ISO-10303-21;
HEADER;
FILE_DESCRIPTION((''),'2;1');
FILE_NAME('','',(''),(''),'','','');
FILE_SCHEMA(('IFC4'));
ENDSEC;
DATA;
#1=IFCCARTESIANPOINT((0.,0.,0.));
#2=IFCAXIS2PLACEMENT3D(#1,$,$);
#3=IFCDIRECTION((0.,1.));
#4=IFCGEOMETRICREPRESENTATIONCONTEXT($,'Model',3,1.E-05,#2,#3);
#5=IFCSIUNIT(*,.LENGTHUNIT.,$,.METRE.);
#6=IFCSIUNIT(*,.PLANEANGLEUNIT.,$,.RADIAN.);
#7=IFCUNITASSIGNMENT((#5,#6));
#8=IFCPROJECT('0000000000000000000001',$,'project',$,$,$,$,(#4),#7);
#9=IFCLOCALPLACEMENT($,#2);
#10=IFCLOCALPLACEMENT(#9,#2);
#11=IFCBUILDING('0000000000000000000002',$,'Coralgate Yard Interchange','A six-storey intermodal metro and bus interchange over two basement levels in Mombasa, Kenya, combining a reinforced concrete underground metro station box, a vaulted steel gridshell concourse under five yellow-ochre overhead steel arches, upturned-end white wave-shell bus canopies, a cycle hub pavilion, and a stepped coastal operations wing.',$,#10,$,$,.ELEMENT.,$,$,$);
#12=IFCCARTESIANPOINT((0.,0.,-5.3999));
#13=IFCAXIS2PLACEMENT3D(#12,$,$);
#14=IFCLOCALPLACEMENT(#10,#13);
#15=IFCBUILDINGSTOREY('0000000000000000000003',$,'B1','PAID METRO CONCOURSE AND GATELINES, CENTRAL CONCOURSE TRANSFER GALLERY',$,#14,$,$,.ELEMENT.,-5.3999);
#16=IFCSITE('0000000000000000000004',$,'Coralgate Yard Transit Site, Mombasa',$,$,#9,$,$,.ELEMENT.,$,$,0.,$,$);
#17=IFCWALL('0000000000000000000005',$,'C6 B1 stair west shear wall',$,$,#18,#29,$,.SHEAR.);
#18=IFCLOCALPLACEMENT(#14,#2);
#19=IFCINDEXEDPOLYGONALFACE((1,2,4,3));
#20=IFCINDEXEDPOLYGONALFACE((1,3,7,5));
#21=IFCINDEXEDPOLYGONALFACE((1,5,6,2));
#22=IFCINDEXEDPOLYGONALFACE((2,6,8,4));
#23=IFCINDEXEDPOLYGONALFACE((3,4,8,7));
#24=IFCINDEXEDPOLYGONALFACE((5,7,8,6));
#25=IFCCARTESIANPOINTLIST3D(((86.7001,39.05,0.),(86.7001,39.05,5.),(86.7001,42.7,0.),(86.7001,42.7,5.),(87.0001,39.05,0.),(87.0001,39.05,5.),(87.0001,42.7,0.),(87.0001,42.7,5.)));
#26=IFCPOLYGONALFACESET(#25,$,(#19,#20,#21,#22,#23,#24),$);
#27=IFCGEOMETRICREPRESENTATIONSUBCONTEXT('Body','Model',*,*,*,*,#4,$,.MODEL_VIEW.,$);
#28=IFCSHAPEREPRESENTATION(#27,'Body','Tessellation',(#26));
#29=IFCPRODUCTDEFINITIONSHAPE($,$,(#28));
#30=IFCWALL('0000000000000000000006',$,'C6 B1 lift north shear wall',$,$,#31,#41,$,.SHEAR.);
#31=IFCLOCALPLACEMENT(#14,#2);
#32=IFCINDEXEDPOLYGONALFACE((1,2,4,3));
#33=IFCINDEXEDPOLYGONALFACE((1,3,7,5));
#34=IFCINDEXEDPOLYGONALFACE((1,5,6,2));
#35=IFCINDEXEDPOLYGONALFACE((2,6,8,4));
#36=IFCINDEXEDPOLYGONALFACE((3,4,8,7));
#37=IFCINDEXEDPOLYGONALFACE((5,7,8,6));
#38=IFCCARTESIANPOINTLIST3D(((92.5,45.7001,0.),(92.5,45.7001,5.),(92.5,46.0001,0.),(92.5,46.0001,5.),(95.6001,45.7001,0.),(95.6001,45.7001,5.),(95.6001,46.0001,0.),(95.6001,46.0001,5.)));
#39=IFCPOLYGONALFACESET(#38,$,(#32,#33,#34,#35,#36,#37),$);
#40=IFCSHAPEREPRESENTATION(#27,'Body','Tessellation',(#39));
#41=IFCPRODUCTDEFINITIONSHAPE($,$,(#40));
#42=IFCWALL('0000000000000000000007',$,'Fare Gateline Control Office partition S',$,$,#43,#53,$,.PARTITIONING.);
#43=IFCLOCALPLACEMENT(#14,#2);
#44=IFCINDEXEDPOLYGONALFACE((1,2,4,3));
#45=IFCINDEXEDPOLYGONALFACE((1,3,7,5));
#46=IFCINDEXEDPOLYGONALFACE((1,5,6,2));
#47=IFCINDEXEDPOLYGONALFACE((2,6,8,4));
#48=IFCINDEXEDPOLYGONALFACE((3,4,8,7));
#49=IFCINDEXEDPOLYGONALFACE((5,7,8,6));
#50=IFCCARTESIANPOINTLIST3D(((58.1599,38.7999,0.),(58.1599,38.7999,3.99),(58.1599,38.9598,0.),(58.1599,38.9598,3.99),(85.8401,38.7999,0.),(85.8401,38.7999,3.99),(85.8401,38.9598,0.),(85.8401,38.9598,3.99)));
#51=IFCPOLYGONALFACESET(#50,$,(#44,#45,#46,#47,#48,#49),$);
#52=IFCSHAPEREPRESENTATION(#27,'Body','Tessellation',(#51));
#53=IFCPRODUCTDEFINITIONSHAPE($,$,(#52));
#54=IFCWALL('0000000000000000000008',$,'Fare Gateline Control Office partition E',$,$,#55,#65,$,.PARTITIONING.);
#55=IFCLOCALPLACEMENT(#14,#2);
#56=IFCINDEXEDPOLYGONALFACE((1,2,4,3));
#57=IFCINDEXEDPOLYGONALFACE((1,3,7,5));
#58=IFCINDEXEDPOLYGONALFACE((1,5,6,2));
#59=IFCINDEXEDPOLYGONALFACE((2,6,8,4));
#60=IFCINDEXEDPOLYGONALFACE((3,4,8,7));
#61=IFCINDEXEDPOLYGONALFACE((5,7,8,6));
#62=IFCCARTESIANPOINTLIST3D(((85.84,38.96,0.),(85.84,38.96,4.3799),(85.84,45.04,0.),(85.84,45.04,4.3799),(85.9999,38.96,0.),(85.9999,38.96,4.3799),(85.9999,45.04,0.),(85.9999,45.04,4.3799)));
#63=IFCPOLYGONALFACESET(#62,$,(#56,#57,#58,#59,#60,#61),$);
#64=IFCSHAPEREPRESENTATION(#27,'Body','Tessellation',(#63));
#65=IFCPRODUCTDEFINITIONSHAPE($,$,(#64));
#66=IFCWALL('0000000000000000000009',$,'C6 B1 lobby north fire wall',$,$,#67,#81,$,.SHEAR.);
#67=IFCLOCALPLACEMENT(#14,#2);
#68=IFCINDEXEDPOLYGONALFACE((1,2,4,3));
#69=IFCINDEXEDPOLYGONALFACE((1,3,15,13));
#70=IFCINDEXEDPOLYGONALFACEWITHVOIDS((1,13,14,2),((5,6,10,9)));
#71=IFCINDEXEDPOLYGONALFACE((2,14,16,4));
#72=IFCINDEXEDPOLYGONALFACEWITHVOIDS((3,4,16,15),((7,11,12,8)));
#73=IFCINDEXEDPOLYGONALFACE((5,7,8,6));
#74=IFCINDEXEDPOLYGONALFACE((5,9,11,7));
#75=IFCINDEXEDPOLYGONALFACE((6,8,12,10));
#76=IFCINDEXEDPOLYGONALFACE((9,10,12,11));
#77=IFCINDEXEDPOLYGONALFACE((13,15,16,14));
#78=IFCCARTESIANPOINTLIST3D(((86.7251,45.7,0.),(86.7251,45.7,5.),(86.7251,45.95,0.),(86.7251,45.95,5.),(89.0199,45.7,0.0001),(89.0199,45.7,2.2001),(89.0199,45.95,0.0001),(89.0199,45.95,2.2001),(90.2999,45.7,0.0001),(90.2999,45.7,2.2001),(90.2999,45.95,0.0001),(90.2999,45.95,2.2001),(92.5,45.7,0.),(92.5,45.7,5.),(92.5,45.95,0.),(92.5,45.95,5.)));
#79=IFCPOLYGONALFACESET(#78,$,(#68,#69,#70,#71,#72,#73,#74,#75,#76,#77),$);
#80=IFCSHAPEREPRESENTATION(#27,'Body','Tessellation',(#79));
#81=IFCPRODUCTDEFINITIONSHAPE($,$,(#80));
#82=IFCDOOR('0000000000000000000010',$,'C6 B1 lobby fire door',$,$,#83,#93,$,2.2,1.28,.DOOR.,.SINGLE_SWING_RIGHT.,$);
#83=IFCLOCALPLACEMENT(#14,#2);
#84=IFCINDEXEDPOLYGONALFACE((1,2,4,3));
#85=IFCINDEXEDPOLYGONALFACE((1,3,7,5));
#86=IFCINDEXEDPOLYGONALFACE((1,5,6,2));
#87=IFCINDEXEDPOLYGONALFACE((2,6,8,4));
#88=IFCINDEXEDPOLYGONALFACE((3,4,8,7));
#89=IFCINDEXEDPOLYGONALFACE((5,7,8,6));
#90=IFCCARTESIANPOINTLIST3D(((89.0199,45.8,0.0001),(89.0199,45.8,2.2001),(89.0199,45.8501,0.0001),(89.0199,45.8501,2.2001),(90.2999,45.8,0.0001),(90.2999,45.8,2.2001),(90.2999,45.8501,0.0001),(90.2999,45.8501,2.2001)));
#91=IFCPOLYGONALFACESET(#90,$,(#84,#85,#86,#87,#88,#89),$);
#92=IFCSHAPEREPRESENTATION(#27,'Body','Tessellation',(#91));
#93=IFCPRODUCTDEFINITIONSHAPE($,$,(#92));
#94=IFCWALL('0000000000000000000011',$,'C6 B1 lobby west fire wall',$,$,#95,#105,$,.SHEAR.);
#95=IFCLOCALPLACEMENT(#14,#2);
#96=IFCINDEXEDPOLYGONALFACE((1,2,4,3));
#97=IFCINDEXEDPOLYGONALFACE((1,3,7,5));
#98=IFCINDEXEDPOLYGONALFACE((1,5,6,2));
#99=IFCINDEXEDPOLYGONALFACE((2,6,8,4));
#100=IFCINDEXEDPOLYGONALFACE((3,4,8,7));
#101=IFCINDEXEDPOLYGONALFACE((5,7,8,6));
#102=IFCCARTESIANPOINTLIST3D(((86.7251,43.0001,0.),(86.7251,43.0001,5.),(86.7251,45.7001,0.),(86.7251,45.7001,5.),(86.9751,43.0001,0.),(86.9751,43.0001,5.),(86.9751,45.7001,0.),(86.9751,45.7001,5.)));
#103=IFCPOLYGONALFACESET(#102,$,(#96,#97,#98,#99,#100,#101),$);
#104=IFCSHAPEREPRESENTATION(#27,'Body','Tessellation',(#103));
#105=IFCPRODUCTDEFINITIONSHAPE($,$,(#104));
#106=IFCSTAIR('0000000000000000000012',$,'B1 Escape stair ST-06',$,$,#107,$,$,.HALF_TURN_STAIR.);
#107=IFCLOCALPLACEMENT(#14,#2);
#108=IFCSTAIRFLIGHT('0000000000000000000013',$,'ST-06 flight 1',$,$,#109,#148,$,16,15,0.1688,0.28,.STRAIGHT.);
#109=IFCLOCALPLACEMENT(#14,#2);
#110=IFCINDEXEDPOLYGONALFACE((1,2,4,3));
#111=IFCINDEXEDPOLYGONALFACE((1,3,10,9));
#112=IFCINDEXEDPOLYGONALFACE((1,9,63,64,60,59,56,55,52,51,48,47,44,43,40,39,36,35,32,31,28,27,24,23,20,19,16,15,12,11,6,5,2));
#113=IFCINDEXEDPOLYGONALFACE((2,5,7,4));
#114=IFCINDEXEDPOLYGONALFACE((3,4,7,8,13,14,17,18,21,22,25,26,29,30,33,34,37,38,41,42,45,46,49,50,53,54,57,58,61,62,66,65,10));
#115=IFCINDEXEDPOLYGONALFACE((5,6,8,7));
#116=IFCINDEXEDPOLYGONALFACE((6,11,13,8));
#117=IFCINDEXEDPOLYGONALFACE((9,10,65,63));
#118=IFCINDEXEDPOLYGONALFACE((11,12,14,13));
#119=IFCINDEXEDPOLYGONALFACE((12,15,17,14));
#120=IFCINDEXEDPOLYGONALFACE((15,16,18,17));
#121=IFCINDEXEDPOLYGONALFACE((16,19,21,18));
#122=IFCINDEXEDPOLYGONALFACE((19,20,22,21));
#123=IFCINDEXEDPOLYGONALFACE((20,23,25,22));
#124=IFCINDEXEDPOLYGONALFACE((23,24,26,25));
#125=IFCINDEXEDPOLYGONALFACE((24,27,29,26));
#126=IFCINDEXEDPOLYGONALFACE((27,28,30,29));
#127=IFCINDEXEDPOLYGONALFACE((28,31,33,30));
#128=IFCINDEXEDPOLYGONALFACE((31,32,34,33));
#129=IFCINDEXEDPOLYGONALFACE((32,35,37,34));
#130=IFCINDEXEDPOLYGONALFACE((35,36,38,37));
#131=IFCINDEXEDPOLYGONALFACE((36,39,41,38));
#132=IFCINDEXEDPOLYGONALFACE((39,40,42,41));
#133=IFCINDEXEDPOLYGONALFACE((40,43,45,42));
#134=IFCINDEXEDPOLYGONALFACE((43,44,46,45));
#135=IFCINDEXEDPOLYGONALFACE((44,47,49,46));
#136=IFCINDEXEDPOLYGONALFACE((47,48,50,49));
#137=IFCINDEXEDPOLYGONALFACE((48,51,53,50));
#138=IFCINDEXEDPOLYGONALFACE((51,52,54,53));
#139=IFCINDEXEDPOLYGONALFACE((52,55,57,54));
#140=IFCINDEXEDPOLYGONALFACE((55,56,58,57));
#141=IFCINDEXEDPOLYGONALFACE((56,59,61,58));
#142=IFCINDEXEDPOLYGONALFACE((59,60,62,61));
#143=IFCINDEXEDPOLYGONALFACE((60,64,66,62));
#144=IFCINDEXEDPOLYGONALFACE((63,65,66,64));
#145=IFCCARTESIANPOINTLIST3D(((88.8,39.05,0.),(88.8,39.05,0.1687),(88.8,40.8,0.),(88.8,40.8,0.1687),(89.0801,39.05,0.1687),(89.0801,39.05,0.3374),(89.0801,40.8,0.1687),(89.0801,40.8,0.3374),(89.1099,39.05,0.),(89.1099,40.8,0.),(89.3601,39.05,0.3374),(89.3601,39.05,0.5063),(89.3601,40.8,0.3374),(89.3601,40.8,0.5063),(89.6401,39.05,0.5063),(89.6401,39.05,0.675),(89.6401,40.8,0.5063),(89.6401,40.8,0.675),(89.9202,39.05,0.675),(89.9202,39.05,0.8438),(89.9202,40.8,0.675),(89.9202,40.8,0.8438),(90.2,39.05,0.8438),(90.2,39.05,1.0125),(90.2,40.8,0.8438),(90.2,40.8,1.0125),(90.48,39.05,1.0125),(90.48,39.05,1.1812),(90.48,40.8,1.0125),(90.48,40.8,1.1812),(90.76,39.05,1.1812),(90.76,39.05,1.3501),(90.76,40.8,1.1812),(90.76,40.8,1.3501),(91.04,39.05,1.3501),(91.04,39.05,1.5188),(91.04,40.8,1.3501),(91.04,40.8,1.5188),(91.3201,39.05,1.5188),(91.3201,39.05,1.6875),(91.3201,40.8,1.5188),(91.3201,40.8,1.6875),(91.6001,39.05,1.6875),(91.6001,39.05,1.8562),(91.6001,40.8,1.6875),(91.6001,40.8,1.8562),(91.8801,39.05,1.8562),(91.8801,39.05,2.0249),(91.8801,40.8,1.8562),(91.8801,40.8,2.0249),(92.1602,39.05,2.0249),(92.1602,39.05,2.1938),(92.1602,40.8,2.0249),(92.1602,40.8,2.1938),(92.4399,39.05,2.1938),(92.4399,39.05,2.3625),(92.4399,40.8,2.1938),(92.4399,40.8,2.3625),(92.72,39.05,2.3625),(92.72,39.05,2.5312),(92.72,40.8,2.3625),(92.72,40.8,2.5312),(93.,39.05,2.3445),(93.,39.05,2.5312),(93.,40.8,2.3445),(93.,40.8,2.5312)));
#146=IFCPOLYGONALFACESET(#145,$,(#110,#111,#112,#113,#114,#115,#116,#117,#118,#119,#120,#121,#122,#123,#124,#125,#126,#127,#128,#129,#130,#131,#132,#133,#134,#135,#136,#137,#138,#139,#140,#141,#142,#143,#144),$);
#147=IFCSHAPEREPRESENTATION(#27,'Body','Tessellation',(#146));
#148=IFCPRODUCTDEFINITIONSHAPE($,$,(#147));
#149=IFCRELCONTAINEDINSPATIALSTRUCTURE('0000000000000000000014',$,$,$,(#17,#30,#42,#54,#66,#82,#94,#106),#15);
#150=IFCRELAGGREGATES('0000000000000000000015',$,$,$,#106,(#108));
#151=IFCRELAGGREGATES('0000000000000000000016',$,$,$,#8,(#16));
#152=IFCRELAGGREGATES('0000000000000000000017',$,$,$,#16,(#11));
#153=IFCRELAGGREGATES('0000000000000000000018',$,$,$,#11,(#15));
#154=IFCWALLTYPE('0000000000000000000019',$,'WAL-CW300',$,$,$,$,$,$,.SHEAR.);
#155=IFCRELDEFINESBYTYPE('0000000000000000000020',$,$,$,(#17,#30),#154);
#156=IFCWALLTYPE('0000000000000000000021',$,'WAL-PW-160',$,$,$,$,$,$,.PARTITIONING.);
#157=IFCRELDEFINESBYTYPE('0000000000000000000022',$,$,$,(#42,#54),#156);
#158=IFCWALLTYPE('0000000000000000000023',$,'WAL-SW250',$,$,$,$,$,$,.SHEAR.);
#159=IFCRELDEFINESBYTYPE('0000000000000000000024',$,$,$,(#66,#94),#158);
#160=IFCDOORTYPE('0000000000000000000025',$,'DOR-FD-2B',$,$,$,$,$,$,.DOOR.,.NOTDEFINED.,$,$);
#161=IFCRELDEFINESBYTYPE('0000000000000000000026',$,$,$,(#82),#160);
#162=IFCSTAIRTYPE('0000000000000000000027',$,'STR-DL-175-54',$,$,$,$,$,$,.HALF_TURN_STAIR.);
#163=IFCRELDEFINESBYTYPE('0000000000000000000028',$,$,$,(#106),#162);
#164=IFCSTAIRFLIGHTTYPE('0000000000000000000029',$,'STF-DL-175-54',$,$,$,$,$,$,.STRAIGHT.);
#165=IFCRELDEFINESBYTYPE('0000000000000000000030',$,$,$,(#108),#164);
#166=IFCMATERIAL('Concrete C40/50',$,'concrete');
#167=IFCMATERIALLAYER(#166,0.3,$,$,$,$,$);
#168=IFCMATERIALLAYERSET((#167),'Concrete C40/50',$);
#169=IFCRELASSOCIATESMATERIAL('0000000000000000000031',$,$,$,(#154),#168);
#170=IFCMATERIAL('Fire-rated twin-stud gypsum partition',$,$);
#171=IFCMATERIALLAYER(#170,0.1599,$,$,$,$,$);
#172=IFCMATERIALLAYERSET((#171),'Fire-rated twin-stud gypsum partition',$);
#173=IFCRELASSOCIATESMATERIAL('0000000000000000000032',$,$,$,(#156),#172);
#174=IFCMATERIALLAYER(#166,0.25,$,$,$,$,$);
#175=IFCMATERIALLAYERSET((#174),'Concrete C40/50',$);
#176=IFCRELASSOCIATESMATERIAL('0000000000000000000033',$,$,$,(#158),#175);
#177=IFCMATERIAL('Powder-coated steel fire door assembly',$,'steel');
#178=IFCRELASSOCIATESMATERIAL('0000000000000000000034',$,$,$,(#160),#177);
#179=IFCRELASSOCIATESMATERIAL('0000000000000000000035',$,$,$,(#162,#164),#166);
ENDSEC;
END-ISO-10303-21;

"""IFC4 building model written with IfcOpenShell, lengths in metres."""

from ifc_helpers import new_model, si_unit, direction, frame, frame_2d, origin, place, context, subcontext, project, spatial, polyline, rectangle, outline, extrude, material, layer, layer_set, type_object, element, fill, aggregate, save


model = new_model("IFC4")

# Units and contexts
model_context = context("Model", 3, precision=1e-05, world=origin(), true_north=direction((0.0, 1.0)))
body_context = subcontext(model_context, "Body", "Model", "MODEL_VIEW")
ifc_project = project(units=[si_unit("LENGTHUNIT", "METRE"), si_unit("PLANEANGLEUNIT", "RADIAN")], contexts=[model_context])

# Site, building, storey
site_placement = place(None, origin())
site = spatial("IfcSite", under=ifc_project, at=site_placement, Name="Coralgate Yard Transit Site, Mombasa", CompositionType="ELEMENT", RefElevation=0.0)
building_placement = place(site_placement, origin())
building = spatial("IfcBuilding", under=site, at=building_placement, Name="Coralgate Yard Interchange", Description="A six-storey intermodal metro and bus interchange over two basement levels in Mombasa, Kenya, combining a reinforced concrete underground metro station box, a vaulted steel gridshell concourse under five yellow-ochre overhead steel arches, upturned-end white wave-shell bus canopies, a cycle hub pavilion, and a stepped coastal operations wing.", CompositionType="ELEMENT")
storey_placement = place(building_placement, frame((0.0, 0.0, -5.3999)))
storey = spatial("IfcBuildingStorey", under=building, at=storey_placement, Name="B1", Description="PAID METRO CONCOURSE AND GATELINES, CENTRAL CONCOURSE TRANSFER GALLERY", CompositionType="ELEMENT", Elevation=-5.3999)

# Shared definitions
ifc_material_1 = material(Name="Concrete C40/50", Category="concrete")

# Wall
ifc_layer_1 = layer(ifc_material_1, 0.3)
ifc_layer_set_1 = layer_set([ifc_layer_1], Name="Concrete C40/50")
wall_type_1 = type_object("IfcWallType", Name="WAL-CW300", PredefinedType="SHEAR", material=ifc_layer_set_1)
wall_1_placement = place(storey_placement, frame((86.8501, 39.05, 0.0), z_axis=(0.0, 0.0, 1.0), x_axis=(0.0, 1.0, 0.0)))
element("IfcWall", 1, at=wall_1_placement, inside=storey, type_object=wall_type_1, Name="C6 B1 stair west shear wall", PredefinedType="SHEAR", context=body_context, shape_type="SweptSolid", body=[
    extrude(rectangle(XDim=3.6499, YDim=0.3, at=frame_2d((1.825, 0.0))), origin(), (0.0, 0.0, 1.0), 5.0),
])

# Walls
wall_2_placement = place(storey_placement, frame((92.5, 45.8501, 0.0), z_axis=(0.0, 0.0, 1.0), x_axis=(1.0, 0.0, 0.0)))
element("IfcWall", 2, at=wall_2_placement, inside=storey, type_object=wall_type_1, Name="C6 B1 lift north shear wall", PredefinedType="SHEAR", context=body_context, shape_type="SweptSolid", body=[
    extrude(rectangle(XDim=3.1001, YDim=0.3, at=frame_2d((1.55, 0.0))), origin(), (0.0, 0.0, 1.0), 5.0),
])
ifc_material_2 = material(Name="Fire-rated twin-stud gypsum partition")
ifc_layer_2 = layer(ifc_material_2, 0.1599)
ifc_layer_set_2 = layer_set([ifc_layer_2], Name="Fire-rated twin-stud gypsum partition")
wall_type_2 = type_object("IfcWallType", Name="WAL-PW-160", PredefinedType="PARTITIONING", material=ifc_layer_set_2)
wall_3_placement = place(storey_placement, frame((85.8401, 38.8799, 0.0), z_axis=(0.0, 0.0, 1.0), x_axis=(-1.0, 0.0, 0.0)))
element("IfcWall", 3, at=wall_3_placement, inside=storey, type_object=wall_type_2, Name="Fare Gateline Control Office partition S", PredefinedType="PARTITIONING", context=body_context, shape_type="SweptSolid", body=[
    extrude(rectangle(XDim=27.6802, YDim=0.1599, at=frame_2d((13.8401, 0.0))), origin(), (0.0, 0.0, 1.0), 3.99),
])
wall_4_placement = place(storey_placement, frame((85.9199, 45.04, 0.0), z_axis=(0.0, 0.0, 1.0), x_axis=(0.0, -1.0, 0.0)))
element("IfcWall", 4, at=wall_4_placement, inside=storey, type_object=wall_type_2, Name="Fare Gateline Control Office partition E", PredefinedType="PARTITIONING", context=body_context, shape_type="SweptSolid", body=[
    extrude(rectangle(XDim=6.0801, YDim=0.1599, at=frame_2d((3.04, 0.0))), origin(), (0.0, 0.0, 1.0), 4.3799),
])

# Wall, opening, door
ifc_layer_3 = layer(ifc_material_1, 0.25)
ifc_layer_set_3 = layer_set([ifc_layer_3], Name="Concrete C40/50")
wall_type_3 = type_object("IfcWallType", Name="WAL-SW250", PredefinedType="SHEAR", material=ifc_layer_set_3)
wall_5_placement = place(storey_placement, frame((92.5, 45.825, 0.0), z_axis=(0.0, 0.0, 1.0), x_axis=(-1.0, 0.0, 0.0)))
wall_5 = element("IfcWall", 5, at=wall_5_placement, inside=storey, type_object=wall_type_3, Name="C6 B1 lobby north fire wall", PredefinedType="SHEAR", context=body_context, shape_type="SweptSolid", body=[
    extrude(rectangle(XDim=5.7749, YDim=0.25, at=frame_2d((2.8875, 0.0))), origin(), (0.0, 0.0, 1.0), 5.0),
])
opening_1_placement = place(wall_5_placement, frame((2.2, 0.0, 0.0)))
opening_1 = element("IfcOpeningElement", 6, at=opening_1_placement, cuts=wall_5, PredefinedType="OPENING", context=body_context, shape_type="SweptSolid", body=[
    extrude(rectangle(XDim=1.28, YDim=2.2, at=frame_2d((0.6401, 1.1001))), frame((0.0, 0.135, 0.0), z_axis=(0.0, -1.0, 0.0), x_axis=(1.0, 0.0, 0.0)), (0.0, 0.0, 1.0), 0.27),
])
ifc_material_3 = material(Name="Powder-coated steel fire door assembly", Category="steel")
door_type_1 = type_object("IfcDoorType", Name="DOR-FD-2B", OperationType="NOTDEFINED", PredefinedType="DOOR", material=ifc_material_3)
door_1_placement = place(opening_1_placement, origin())
door_1 = element("IfcDoor", 7, at=door_1_placement, inside=storey, type_object=door_type_1, Name="C6 B1 lobby fire door", OperationType="SINGLE_SWING_RIGHT", OverallHeight=2.2, OverallWidth=1.28, PredefinedType="DOOR", context=body_context, shape_type="SweptSolid", body=[
    extrude(rectangle(XDim=1.28, YDim=2.2, at=frame_2d((0.6401, 1.1001))), frame((0.0, 0.0249, 0.0), z_axis=(0.0, -1.0, 0.0), x_axis=(1.0, 0.0, 0.0)), (0.0, 0.0, 1.0), 0.05),
])
fill(opening_1, door_1)

# Wall
wall_6_placement = place(storey_placement, frame((86.8501, 43.0, 0.0), z_axis=(0.0, 0.0, 1.0), x_axis=(0.0, 1.0, 0.0)))
element("IfcWall", 8, at=wall_6_placement, inside=storey, type_object=wall_type_3, Name="C6 B1 lobby west fire wall", PredefinedType="SHEAR", context=body_context, shape_type="SweptSolid", body=[
    extrude(rectangle(XDim=2.7, YDim=0.25, at=frame_2d((1.3501, 0.0))), origin(), (0.0, 0.0, 1.0), 5.0),
])

# Stair, stair flight
stair_type = type_object("IfcStairType", Name="STR-DL-175-54", PredefinedType="HALF_TURN_STAIR", material=ifc_material_1)
stair_placement = place(storey_placement, origin())
stair = element("IfcStair", 9, at=stair_placement, inside=storey, type_object=stair_type, Name="B1 Escape stair ST-06", PredefinedType="HALF_TURN_STAIR")
stair_flight_type = type_object("IfcStairFlightType", Name="STF-DL-175-54", PredefinedType="STRAIGHT", material=ifc_material_1)
stair_flight_1_placement = place(storey_placement, frame((88.8, 39.925, 0.0), z_axis=(0.0, 0.0, 1.0), x_axis=(1.0, 0.0, 0.0)))
stair_flight_1 = element("IfcStairFlight", 10, at=stair_flight_1_placement, type_object=stair_flight_type, Name="ST-06 flight 1", NumberOfRisers=16, NumberOfTreads=15, PredefinedType="STRAIGHT", RiserHeight=0.1688, TreadLength=0.28, context=body_context, shape_type="SweptSolid", body=[
    extrude(outline(polyline([(0.0, 0.0), (0.0, 0.1687), (0.28, 0.1687), (0.28, 0.3374), (0.5601, 0.3374), (0.5601, 0.5063), (0.8401, 0.5063), (0.8401, 0.675), (1.1201, 0.675), (1.1201, 0.8438), (1.3999, 0.8438), (1.3999, 1.0125), (1.6799, 1.0125), (1.6799, 1.1812), (1.96, 1.1812), (1.96, 1.3501), (2.24, 1.3501), (2.24, 1.5188), (2.52, 1.5188), (2.52, 1.6875), (2.8, 1.6875), (2.8, 1.8562), (3.0801, 1.8562), (3.0801, 2.0249), (3.3601, 2.0249), (3.3601, 2.1938), (3.6399, 2.1938), (3.6399, 2.3625), (3.9199, 2.3625), (3.9199, 2.5312), (4.2, 2.5312), (4.2, 2.7), (4.2, 2.3445), (0.3098, 0.0), (0.0, 0.0)])), frame((0.0, 0.875, 0.0), z_axis=(0.0, -1.0, 0.0), x_axis=(1.0, 0.0, 0.0)), (0.0, 0.0, 1.0), 1.75),
])
aggregate(stair, [stair_flight_1])

save(model, "model.ifc")
